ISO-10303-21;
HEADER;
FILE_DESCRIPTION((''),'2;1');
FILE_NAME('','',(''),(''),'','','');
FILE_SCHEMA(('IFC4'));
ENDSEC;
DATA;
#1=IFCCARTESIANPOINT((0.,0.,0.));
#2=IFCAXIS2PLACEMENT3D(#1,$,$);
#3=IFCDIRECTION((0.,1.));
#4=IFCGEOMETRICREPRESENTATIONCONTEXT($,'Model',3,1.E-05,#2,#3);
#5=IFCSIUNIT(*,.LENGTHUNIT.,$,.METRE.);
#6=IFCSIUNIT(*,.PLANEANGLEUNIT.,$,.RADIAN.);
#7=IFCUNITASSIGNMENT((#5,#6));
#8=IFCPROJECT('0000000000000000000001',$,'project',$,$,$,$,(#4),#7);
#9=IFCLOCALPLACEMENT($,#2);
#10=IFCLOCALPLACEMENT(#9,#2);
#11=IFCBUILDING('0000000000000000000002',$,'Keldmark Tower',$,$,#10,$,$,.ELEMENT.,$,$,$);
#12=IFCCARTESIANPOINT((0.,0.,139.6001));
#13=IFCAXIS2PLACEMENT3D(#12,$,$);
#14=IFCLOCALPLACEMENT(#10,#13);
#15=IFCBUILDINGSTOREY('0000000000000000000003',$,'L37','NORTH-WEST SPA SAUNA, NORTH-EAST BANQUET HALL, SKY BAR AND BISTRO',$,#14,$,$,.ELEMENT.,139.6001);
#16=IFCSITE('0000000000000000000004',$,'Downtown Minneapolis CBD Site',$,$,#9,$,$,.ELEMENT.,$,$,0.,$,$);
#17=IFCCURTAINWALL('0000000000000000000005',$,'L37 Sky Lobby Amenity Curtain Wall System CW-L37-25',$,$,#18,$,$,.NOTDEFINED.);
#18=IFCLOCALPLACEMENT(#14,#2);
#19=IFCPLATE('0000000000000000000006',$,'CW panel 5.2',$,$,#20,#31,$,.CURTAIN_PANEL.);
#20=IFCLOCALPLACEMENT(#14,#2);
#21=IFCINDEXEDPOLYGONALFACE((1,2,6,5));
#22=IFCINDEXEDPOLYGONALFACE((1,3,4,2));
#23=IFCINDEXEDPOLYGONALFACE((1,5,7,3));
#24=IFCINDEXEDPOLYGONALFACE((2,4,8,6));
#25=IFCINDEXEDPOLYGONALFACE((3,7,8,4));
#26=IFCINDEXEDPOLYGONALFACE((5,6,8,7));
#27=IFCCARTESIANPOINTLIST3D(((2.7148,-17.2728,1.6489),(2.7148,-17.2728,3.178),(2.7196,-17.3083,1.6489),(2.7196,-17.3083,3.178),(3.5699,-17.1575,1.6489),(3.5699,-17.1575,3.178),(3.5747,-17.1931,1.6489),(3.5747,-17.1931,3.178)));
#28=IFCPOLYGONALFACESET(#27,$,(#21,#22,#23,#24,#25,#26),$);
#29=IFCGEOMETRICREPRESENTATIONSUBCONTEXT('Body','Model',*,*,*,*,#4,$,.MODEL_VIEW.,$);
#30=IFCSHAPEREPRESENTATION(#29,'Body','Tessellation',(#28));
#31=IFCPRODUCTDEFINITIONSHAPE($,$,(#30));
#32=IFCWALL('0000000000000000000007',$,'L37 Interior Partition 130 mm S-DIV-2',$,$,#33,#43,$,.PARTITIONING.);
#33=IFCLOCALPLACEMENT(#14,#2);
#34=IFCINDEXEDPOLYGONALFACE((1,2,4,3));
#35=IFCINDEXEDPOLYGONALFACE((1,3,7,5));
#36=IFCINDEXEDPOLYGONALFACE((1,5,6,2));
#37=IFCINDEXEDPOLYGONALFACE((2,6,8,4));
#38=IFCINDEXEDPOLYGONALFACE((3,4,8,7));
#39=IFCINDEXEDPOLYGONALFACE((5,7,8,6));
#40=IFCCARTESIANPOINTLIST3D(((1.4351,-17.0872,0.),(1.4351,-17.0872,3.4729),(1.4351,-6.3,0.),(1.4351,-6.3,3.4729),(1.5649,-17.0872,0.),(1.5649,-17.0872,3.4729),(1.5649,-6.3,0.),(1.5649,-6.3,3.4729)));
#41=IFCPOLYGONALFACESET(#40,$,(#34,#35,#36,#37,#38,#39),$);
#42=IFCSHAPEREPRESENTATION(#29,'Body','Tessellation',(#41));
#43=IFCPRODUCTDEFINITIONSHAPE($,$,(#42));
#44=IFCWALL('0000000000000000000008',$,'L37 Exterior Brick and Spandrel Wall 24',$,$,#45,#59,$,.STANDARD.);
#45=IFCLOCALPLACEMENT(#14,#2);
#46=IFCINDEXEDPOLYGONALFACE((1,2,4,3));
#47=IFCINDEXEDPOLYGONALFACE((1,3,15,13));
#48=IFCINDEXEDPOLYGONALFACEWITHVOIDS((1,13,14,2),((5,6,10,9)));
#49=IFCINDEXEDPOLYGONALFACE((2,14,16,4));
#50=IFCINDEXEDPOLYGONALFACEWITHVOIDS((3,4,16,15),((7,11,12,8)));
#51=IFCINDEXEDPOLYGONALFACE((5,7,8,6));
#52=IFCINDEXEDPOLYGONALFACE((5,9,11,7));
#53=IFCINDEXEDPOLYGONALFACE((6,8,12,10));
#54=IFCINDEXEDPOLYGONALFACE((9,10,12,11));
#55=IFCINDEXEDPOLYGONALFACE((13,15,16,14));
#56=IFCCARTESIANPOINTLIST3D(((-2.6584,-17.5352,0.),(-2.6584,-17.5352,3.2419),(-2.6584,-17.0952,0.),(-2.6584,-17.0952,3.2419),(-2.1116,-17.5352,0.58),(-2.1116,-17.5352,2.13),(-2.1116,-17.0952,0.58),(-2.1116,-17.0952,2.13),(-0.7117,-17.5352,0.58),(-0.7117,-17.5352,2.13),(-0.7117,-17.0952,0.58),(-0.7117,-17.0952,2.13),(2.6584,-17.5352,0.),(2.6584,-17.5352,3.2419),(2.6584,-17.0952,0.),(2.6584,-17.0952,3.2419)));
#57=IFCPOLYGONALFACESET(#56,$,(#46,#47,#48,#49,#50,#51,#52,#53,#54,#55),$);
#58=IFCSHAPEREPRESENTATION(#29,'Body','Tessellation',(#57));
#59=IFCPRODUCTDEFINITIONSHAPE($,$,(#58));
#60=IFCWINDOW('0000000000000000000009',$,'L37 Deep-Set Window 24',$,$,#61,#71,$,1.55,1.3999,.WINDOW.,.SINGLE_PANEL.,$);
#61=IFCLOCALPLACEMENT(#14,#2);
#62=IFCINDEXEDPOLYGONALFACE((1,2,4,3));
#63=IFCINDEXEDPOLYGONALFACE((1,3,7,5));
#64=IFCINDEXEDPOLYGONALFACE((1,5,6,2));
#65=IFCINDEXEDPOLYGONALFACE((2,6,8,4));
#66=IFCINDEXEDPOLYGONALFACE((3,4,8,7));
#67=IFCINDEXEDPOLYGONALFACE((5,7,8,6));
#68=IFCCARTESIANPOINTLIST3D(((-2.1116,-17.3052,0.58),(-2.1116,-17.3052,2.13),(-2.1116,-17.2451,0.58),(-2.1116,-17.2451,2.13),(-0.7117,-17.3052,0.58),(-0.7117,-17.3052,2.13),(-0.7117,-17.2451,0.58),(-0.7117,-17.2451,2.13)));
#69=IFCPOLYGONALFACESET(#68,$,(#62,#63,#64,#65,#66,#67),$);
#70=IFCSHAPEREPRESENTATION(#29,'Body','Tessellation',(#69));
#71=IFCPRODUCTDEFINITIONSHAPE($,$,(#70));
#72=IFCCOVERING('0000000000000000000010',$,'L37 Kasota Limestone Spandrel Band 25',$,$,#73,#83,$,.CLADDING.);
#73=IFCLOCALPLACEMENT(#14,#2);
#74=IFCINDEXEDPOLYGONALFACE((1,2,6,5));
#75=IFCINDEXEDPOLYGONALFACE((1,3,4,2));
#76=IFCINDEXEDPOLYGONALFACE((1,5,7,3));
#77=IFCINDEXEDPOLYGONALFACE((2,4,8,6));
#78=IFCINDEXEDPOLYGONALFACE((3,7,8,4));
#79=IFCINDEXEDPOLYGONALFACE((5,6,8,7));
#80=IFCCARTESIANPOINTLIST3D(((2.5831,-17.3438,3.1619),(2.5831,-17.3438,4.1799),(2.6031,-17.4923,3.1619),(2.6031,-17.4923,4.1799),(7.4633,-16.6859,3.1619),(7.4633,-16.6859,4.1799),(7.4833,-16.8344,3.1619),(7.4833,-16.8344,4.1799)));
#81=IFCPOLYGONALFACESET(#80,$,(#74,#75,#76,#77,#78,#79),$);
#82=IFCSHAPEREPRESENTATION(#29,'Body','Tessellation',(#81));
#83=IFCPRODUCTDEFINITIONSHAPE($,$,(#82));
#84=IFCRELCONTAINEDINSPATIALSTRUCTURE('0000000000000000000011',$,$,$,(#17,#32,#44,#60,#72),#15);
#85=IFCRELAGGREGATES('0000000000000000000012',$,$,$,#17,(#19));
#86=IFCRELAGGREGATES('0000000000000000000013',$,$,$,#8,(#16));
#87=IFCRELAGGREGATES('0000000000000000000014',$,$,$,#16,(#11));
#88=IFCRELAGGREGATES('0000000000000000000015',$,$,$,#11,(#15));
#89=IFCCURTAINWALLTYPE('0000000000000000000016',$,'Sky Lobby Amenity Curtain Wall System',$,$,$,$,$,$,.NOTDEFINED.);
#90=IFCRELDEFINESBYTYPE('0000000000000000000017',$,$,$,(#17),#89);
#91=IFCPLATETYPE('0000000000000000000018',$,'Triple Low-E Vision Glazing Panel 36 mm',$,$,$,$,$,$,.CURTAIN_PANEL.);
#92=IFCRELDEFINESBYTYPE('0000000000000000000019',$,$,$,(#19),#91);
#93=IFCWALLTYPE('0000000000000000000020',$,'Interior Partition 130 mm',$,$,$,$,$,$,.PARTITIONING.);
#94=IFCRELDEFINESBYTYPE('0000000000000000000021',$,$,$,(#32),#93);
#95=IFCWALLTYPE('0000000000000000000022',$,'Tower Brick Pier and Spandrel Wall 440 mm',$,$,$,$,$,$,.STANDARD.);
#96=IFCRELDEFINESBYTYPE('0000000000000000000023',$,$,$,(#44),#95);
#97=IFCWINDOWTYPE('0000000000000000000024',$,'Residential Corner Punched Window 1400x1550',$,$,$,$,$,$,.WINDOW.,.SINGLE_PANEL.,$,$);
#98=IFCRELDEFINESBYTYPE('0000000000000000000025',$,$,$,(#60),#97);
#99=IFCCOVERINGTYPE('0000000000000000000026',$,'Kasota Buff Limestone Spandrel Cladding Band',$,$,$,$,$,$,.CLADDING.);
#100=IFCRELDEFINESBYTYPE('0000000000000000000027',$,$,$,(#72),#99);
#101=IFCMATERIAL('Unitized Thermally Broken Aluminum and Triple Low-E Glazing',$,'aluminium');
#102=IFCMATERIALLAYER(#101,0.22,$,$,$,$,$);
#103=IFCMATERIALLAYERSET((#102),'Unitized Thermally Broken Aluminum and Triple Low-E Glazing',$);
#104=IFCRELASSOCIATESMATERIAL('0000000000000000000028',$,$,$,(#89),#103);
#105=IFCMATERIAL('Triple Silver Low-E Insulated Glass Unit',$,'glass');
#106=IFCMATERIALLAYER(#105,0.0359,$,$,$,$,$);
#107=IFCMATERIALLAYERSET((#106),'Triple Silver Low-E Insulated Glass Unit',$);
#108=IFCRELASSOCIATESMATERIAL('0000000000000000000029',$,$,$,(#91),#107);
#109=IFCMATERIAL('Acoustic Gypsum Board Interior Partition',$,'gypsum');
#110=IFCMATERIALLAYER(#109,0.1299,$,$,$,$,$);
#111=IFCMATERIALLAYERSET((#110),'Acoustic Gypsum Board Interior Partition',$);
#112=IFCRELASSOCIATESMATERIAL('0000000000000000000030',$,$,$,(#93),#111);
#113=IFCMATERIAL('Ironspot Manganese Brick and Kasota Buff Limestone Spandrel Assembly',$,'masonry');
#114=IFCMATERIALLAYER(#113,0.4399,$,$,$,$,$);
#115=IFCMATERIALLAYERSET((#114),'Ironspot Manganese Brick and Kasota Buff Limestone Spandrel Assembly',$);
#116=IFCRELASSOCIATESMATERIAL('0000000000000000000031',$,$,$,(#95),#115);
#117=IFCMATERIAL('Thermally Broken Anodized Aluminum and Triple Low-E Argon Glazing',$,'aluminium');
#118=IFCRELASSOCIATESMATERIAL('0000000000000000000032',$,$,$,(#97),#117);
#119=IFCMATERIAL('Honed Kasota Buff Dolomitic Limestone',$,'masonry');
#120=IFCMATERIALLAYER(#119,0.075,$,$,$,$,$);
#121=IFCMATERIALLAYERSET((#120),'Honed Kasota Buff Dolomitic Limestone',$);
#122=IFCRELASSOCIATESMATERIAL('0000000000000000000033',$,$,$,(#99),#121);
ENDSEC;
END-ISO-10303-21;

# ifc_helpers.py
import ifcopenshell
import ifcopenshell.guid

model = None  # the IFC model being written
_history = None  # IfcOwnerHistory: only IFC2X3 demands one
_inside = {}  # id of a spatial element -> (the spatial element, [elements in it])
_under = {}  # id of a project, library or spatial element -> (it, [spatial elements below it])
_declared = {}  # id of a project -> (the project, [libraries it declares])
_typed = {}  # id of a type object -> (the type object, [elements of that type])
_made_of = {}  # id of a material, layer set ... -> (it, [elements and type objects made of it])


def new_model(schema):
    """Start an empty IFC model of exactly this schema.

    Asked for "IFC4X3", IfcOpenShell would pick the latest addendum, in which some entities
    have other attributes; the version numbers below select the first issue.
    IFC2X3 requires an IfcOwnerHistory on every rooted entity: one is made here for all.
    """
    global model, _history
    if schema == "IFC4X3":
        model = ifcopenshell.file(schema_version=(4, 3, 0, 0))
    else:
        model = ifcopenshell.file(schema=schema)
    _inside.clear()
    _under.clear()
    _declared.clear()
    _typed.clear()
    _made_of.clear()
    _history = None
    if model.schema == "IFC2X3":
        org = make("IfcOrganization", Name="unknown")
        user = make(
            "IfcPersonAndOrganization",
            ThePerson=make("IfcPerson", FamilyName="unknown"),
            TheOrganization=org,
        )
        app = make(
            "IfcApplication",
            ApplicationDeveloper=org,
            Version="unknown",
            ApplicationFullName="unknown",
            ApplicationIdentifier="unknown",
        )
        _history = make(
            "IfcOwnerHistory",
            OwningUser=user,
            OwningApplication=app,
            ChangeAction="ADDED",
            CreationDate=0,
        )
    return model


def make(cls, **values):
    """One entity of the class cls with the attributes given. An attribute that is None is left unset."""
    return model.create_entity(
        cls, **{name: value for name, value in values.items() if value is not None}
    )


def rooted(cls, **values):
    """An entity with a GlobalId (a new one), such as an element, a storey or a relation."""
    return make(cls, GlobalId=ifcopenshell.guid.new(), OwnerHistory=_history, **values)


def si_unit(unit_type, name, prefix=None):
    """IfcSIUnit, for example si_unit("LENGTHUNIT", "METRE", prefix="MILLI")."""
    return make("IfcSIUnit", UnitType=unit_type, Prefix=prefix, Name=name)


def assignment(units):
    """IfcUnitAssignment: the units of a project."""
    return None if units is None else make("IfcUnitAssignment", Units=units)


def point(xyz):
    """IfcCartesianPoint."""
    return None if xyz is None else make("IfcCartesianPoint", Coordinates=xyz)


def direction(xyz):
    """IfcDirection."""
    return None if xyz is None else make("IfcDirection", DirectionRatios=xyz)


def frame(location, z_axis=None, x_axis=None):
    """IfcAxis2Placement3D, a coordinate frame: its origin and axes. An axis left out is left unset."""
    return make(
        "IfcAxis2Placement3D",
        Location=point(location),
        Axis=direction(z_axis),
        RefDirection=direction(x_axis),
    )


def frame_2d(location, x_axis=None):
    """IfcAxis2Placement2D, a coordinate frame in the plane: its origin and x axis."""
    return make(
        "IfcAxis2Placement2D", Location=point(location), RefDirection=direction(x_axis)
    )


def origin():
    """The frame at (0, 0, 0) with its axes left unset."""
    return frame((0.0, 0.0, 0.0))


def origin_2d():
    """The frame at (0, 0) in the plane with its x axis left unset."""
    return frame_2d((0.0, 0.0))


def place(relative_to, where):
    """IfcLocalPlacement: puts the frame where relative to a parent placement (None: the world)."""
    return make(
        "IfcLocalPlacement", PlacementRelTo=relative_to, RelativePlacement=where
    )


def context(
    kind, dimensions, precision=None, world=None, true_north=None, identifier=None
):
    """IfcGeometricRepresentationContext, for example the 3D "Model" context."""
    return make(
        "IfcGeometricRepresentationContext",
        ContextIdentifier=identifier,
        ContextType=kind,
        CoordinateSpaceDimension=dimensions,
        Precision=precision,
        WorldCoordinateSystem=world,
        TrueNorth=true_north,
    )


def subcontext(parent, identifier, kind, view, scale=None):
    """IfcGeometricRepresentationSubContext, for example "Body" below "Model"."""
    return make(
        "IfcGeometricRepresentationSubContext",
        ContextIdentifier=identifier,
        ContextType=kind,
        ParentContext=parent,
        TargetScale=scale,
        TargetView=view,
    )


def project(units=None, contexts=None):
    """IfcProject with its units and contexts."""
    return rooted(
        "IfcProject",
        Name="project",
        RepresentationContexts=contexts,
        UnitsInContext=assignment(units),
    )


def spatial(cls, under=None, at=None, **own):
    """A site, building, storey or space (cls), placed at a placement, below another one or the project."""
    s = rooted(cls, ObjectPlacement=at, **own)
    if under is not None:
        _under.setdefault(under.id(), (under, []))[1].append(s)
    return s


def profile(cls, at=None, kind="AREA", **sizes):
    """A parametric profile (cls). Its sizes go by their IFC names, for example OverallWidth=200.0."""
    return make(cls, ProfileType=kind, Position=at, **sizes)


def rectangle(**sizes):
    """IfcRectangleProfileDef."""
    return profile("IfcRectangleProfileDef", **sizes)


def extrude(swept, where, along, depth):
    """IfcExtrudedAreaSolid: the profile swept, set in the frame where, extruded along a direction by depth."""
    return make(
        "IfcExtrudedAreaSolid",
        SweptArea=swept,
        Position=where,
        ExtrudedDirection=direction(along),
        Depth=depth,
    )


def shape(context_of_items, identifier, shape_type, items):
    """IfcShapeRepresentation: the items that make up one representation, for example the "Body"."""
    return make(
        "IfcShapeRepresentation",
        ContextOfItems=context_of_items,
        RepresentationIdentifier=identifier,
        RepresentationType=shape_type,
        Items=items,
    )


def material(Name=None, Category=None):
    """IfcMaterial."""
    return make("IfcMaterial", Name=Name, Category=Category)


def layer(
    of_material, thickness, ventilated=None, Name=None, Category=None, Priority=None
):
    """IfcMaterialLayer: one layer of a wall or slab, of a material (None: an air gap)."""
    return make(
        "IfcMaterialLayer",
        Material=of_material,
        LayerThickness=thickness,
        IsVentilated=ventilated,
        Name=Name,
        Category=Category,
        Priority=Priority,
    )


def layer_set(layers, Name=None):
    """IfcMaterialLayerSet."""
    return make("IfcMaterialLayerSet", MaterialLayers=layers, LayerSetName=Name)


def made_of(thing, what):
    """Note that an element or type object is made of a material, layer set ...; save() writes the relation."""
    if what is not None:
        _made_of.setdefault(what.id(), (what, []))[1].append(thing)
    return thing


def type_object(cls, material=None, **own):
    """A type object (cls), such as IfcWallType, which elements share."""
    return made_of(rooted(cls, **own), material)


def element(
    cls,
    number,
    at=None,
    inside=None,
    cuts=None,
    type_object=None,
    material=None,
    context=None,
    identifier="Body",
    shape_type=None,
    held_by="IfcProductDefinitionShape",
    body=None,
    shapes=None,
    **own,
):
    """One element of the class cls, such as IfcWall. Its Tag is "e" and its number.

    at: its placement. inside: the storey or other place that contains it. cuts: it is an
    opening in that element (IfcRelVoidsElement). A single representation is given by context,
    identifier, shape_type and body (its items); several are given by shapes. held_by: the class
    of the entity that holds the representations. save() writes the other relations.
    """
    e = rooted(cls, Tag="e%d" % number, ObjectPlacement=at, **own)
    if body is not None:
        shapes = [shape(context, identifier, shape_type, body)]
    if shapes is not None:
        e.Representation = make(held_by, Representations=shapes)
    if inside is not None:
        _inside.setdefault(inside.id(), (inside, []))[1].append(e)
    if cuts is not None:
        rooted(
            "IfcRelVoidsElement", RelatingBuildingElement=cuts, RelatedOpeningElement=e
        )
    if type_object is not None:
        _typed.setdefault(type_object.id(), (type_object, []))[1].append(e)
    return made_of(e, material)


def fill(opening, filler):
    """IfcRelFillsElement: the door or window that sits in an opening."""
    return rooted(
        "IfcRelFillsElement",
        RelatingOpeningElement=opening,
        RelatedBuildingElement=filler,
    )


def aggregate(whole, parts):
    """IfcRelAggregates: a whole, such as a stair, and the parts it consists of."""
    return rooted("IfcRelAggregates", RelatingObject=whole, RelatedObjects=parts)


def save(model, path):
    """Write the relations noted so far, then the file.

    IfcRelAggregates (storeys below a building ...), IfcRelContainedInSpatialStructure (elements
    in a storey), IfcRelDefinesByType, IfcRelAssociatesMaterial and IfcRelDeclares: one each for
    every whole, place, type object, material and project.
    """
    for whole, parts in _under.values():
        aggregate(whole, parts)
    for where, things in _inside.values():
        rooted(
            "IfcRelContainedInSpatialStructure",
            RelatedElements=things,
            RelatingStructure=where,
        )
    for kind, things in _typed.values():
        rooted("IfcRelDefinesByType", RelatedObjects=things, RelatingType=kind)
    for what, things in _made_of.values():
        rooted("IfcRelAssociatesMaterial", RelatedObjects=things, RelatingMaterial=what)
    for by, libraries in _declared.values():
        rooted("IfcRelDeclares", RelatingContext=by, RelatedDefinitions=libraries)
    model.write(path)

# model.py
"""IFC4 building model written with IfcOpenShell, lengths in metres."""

from ifc_helpers import new_model, si_unit, direction, frame, frame_2d, origin, origin_2d, place, context, subcontext, project, spatial, rectangle, extrude, material, layer, layer_set, type_object, element, fill, aggregate, save


model = new_model("IFC4")

# Units and contexts
model_context = context("Model", 3, precision=1e-05, world=origin(), true_north=direction((0.0, 1.0)))
body_context = subcontext(model_context, "Body", "Model", "MODEL_VIEW")
ifc_project = project(units=[si_unit("LENGTHUNIT", "METRE"), si_unit("PLANEANGLEUNIT", "RADIAN")], contexts=[model_context])

# Site, building, storey
site_placement = place(None, origin())
site = spatial("IfcSite", under=ifc_project, at=site_placement, Name="Downtown Minneapolis CBD Site", CompositionType="ELEMENT", RefElevation=0.0)
building_placement = place(site_placement, origin())
building = spatial("IfcBuilding", under=site, at=building_placement, Name="Keldmark Tower", CompositionType="ELEMENT")
storey_placement = place(building_placement, frame((0.0, 0.0, 139.6001)))
storey = spatial("IfcBuildingStorey", under=building, at=storey_placement, Name="L37", Description="NORTH-WEST SPA SAUNA, NORTH-EAST BANQUET HALL, SKY BAR AND BISTRO", CompositionType="ELEMENT", Elevation=139.6001)

# Curtain wall
ifc_material_1 = material(Name="Unitized Thermally Broken Aluminum and Triple Low-E Glazing", Category="aluminium")
ifc_layer_1 = layer(ifc_material_1, 0.22)
ifc_layer_set_1 = layer_set([ifc_layer_1], Name="Unitized Thermally Broken Aluminum and Triple Low-E Glazing")
curtain_wall_type = type_object("IfcCurtainWallType", Name="Sky Lobby Amenity Curtain Wall System", PredefinedType="NOTDEFINED", material=ifc_layer_set_1)
curtain_wall_placement = place(storey_placement, origin())
curtain_wall = element("IfcCurtainWall", 1, at=curtain_wall_placement, inside=storey, type_object=curtain_wall_type, Name="L37 Sky Lobby Amenity Curtain Wall System CW-L37-25", PredefinedType="NOTDEFINED")

# Plate
ifc_material_2 = material(Name="Triple Silver Low-E Insulated Glass Unit", Category="glass")
ifc_layer_2 = layer(ifc_material_2, 0.0359)
ifc_layer_set_2 = layer_set([ifc_layer_2], Name="Triple Silver Low-E Insulated Glass Unit")
plate_type = type_object("IfcPlateType", Name="Triple Low-E Vision Glazing Panel 36 mm", PredefinedType="CURTAIN_PANEL", material=ifc_layer_set_2)
plate_1_placement = place(storey_placement, frame((3.1448, -17.2329, 1.6489), z_axis=(0.0, 0.0, 1.0), x_axis=(-0.991036, -0.133598, 0.0)))
plate_1 = element("IfcPlate", 2, at=plate_1_placement, type_object=plate_type, Name="CW panel 5.2", PredefinedType="CURTAIN_PANEL", context=body_context, shape_type="SweptSolid", body=[
    extrude(rectangle(XDim=0.8628, YDim=0.0359, at=origin_2d()), origin(), (0.0, 0.0, 1.0), 1.5291),
])
aggregate(curtain_wall, [plate_1])

# Wall
ifc_material_3 = material(Name="Acoustic Gypsum Board Interior Partition", Category="gypsum")
ifc_layer_3 = layer(ifc_material_3, 0.1299)
ifc_layer_set_3 = layer_set([ifc_layer_3], Name="Acoustic Gypsum Board Interior Partition")
wall_type_1 = type_object("IfcWallType", Name="Interior Partition 130 mm", PredefinedType="PARTITIONING", material=ifc_layer_set_3)
wall_1_placement = place(storey_placement, frame((1.5, -17.0872, 0.0), z_axis=(0.0, 0.0, 1.0), x_axis=(0.0, 1.0, 0.0)))
element("IfcWall", 3, at=wall_1_placement, inside=storey, type_object=wall_type_1, Name="L37 Interior Partition 130 mm S-DIV-2", PredefinedType="PARTITIONING", context=body_context, shape_type="SweptSolid", body=[
    extrude(rectangle(XDim=10.7871, YDim=0.1299, at=frame_2d((5.3936, 0.0))), origin(), (0.0, 0.0, 1.0), 3.4729),
])

# Wall, opening, window
ifc_material_4 = material(Name="Ironspot Manganese Brick and Kasota Buff Limestone Spandrel Assembly", Category="masonry")
ifc_layer_4 = layer(ifc_material_4, 0.4399)
ifc_layer_set_4 = layer_set([ifc_layer_4], Name="Ironspot Manganese Brick and Kasota Buff Limestone Spandrel Assembly")
wall_type_2 = type_object("IfcWallType", Name="Tower Brick Pier and Spandrel Wall 440 mm", PredefinedType="STANDARD", material=ifc_layer_set_4)
wall_2_placement = place(storey_placement, frame((2.6584, -17.3152, 0.0), z_axis=(0.0, 0.0, 1.0), x_axis=(-1.0, 0.0, 0.0)))
wall_2 = element("IfcWall", 4, at=wall_2_placement, inside=storey, type_object=wall_type_2, Name="L37 Exterior Brick and Spandrel Wall 24", PredefinedType="STANDARD", context=body_context, shape_type="SweptSolid", body=[
    extrude(rectangle(XDim=5.3169, YDim=0.4399, at=frame_2d((2.6584, 0.0))), origin(), (0.0, 0.0, 1.0), 3.2419),
])
opening_placement = place(wall_2_placement, frame((3.3701, 0.0, 0.5801)))
opening = element("IfcOpeningElement", 5, at=opening_placement, cuts=wall_2, PredefinedType="OPENING", context=body_context, shape_type="SweptSolid", body=[
    extrude(rectangle(XDim=1.3999, YDim=1.55, at=frame_2d((0.7, 0.7749))), frame((0.0, 0.23, 0.0), z_axis=(0.0, -1.0, 0.0), x_axis=(1.0, 0.0, 0.0)), (0.0, 0.0, 1.0), 0.46),
])
ifc_material_5 = material(Name="Thermally Broken Anodized Aluminum and Triple Low-E Argon Glazing", Category="aluminium")
window_type = type_object("IfcWindowType", Name="Residential Corner Punched Window 1400x1550", PartitioningType="SINGLE_PANEL", PredefinedType="WINDOW", material=ifc_material_5)
window_placement = place(opening_placement, origin())
window = element("IfcWindow", 6, at=window_placement, inside=storey, type_object=window_type, Name="L37 Deep-Set Window 24", OverallHeight=1.55, OverallWidth=1.3999, PartitioningType="SINGLE_PANEL", PredefinedType="WINDOW", context=body_context, shape_type="SweptSolid", body=[
    extrude(rectangle(XDim=1.3999, YDim=1.55, at=frame_2d((0.7, 0.7749))), frame((0.0, -0.01, 0.0), z_axis=(0.0, -1.0, 0.0), x_axis=(1.0, 0.0, 0.0)), (0.0, 0.0, 1.0), 0.0601),
])
fill(opening, window)

# Covering
ifc_material_6 = material(Name="Honed Kasota Buff Dolomitic Limestone", Category="masonry")
ifc_layer_5 = layer(ifc_material_6, 0.075)
ifc_layer_set_5 = layer_set([ifc_layer_5], Name="Honed Kasota Buff Dolomitic Limestone")
covering_type = type_object("IfcCoveringType", Name="Kasota Buff Limestone Spandrel Cladding Band", PredefinedType="CLADDING", material=ifc_layer_set_5)
covering_placement = place(storey_placement, frame((5.0332, -17.0891, 3.1619), z_axis=(0.0, 0.0, 1.0), x_axis=(0.991035, 0.133606, 0.0)))
element("IfcCovering", 7, at=covering_placement, inside=storey, type_object=covering_type, Name="L37 Kasota Limestone Spandrel Band 25", PredefinedType="CLADDING", context=body_context, shape_type="SweptSolid", body=[
    extrude(rectangle(XDim=4.9243, YDim=0.1499, at=origin_2d()), origin(), (0.0, 0.0, 1.0), 1.0181),
])

save(model, "model.ifc")
